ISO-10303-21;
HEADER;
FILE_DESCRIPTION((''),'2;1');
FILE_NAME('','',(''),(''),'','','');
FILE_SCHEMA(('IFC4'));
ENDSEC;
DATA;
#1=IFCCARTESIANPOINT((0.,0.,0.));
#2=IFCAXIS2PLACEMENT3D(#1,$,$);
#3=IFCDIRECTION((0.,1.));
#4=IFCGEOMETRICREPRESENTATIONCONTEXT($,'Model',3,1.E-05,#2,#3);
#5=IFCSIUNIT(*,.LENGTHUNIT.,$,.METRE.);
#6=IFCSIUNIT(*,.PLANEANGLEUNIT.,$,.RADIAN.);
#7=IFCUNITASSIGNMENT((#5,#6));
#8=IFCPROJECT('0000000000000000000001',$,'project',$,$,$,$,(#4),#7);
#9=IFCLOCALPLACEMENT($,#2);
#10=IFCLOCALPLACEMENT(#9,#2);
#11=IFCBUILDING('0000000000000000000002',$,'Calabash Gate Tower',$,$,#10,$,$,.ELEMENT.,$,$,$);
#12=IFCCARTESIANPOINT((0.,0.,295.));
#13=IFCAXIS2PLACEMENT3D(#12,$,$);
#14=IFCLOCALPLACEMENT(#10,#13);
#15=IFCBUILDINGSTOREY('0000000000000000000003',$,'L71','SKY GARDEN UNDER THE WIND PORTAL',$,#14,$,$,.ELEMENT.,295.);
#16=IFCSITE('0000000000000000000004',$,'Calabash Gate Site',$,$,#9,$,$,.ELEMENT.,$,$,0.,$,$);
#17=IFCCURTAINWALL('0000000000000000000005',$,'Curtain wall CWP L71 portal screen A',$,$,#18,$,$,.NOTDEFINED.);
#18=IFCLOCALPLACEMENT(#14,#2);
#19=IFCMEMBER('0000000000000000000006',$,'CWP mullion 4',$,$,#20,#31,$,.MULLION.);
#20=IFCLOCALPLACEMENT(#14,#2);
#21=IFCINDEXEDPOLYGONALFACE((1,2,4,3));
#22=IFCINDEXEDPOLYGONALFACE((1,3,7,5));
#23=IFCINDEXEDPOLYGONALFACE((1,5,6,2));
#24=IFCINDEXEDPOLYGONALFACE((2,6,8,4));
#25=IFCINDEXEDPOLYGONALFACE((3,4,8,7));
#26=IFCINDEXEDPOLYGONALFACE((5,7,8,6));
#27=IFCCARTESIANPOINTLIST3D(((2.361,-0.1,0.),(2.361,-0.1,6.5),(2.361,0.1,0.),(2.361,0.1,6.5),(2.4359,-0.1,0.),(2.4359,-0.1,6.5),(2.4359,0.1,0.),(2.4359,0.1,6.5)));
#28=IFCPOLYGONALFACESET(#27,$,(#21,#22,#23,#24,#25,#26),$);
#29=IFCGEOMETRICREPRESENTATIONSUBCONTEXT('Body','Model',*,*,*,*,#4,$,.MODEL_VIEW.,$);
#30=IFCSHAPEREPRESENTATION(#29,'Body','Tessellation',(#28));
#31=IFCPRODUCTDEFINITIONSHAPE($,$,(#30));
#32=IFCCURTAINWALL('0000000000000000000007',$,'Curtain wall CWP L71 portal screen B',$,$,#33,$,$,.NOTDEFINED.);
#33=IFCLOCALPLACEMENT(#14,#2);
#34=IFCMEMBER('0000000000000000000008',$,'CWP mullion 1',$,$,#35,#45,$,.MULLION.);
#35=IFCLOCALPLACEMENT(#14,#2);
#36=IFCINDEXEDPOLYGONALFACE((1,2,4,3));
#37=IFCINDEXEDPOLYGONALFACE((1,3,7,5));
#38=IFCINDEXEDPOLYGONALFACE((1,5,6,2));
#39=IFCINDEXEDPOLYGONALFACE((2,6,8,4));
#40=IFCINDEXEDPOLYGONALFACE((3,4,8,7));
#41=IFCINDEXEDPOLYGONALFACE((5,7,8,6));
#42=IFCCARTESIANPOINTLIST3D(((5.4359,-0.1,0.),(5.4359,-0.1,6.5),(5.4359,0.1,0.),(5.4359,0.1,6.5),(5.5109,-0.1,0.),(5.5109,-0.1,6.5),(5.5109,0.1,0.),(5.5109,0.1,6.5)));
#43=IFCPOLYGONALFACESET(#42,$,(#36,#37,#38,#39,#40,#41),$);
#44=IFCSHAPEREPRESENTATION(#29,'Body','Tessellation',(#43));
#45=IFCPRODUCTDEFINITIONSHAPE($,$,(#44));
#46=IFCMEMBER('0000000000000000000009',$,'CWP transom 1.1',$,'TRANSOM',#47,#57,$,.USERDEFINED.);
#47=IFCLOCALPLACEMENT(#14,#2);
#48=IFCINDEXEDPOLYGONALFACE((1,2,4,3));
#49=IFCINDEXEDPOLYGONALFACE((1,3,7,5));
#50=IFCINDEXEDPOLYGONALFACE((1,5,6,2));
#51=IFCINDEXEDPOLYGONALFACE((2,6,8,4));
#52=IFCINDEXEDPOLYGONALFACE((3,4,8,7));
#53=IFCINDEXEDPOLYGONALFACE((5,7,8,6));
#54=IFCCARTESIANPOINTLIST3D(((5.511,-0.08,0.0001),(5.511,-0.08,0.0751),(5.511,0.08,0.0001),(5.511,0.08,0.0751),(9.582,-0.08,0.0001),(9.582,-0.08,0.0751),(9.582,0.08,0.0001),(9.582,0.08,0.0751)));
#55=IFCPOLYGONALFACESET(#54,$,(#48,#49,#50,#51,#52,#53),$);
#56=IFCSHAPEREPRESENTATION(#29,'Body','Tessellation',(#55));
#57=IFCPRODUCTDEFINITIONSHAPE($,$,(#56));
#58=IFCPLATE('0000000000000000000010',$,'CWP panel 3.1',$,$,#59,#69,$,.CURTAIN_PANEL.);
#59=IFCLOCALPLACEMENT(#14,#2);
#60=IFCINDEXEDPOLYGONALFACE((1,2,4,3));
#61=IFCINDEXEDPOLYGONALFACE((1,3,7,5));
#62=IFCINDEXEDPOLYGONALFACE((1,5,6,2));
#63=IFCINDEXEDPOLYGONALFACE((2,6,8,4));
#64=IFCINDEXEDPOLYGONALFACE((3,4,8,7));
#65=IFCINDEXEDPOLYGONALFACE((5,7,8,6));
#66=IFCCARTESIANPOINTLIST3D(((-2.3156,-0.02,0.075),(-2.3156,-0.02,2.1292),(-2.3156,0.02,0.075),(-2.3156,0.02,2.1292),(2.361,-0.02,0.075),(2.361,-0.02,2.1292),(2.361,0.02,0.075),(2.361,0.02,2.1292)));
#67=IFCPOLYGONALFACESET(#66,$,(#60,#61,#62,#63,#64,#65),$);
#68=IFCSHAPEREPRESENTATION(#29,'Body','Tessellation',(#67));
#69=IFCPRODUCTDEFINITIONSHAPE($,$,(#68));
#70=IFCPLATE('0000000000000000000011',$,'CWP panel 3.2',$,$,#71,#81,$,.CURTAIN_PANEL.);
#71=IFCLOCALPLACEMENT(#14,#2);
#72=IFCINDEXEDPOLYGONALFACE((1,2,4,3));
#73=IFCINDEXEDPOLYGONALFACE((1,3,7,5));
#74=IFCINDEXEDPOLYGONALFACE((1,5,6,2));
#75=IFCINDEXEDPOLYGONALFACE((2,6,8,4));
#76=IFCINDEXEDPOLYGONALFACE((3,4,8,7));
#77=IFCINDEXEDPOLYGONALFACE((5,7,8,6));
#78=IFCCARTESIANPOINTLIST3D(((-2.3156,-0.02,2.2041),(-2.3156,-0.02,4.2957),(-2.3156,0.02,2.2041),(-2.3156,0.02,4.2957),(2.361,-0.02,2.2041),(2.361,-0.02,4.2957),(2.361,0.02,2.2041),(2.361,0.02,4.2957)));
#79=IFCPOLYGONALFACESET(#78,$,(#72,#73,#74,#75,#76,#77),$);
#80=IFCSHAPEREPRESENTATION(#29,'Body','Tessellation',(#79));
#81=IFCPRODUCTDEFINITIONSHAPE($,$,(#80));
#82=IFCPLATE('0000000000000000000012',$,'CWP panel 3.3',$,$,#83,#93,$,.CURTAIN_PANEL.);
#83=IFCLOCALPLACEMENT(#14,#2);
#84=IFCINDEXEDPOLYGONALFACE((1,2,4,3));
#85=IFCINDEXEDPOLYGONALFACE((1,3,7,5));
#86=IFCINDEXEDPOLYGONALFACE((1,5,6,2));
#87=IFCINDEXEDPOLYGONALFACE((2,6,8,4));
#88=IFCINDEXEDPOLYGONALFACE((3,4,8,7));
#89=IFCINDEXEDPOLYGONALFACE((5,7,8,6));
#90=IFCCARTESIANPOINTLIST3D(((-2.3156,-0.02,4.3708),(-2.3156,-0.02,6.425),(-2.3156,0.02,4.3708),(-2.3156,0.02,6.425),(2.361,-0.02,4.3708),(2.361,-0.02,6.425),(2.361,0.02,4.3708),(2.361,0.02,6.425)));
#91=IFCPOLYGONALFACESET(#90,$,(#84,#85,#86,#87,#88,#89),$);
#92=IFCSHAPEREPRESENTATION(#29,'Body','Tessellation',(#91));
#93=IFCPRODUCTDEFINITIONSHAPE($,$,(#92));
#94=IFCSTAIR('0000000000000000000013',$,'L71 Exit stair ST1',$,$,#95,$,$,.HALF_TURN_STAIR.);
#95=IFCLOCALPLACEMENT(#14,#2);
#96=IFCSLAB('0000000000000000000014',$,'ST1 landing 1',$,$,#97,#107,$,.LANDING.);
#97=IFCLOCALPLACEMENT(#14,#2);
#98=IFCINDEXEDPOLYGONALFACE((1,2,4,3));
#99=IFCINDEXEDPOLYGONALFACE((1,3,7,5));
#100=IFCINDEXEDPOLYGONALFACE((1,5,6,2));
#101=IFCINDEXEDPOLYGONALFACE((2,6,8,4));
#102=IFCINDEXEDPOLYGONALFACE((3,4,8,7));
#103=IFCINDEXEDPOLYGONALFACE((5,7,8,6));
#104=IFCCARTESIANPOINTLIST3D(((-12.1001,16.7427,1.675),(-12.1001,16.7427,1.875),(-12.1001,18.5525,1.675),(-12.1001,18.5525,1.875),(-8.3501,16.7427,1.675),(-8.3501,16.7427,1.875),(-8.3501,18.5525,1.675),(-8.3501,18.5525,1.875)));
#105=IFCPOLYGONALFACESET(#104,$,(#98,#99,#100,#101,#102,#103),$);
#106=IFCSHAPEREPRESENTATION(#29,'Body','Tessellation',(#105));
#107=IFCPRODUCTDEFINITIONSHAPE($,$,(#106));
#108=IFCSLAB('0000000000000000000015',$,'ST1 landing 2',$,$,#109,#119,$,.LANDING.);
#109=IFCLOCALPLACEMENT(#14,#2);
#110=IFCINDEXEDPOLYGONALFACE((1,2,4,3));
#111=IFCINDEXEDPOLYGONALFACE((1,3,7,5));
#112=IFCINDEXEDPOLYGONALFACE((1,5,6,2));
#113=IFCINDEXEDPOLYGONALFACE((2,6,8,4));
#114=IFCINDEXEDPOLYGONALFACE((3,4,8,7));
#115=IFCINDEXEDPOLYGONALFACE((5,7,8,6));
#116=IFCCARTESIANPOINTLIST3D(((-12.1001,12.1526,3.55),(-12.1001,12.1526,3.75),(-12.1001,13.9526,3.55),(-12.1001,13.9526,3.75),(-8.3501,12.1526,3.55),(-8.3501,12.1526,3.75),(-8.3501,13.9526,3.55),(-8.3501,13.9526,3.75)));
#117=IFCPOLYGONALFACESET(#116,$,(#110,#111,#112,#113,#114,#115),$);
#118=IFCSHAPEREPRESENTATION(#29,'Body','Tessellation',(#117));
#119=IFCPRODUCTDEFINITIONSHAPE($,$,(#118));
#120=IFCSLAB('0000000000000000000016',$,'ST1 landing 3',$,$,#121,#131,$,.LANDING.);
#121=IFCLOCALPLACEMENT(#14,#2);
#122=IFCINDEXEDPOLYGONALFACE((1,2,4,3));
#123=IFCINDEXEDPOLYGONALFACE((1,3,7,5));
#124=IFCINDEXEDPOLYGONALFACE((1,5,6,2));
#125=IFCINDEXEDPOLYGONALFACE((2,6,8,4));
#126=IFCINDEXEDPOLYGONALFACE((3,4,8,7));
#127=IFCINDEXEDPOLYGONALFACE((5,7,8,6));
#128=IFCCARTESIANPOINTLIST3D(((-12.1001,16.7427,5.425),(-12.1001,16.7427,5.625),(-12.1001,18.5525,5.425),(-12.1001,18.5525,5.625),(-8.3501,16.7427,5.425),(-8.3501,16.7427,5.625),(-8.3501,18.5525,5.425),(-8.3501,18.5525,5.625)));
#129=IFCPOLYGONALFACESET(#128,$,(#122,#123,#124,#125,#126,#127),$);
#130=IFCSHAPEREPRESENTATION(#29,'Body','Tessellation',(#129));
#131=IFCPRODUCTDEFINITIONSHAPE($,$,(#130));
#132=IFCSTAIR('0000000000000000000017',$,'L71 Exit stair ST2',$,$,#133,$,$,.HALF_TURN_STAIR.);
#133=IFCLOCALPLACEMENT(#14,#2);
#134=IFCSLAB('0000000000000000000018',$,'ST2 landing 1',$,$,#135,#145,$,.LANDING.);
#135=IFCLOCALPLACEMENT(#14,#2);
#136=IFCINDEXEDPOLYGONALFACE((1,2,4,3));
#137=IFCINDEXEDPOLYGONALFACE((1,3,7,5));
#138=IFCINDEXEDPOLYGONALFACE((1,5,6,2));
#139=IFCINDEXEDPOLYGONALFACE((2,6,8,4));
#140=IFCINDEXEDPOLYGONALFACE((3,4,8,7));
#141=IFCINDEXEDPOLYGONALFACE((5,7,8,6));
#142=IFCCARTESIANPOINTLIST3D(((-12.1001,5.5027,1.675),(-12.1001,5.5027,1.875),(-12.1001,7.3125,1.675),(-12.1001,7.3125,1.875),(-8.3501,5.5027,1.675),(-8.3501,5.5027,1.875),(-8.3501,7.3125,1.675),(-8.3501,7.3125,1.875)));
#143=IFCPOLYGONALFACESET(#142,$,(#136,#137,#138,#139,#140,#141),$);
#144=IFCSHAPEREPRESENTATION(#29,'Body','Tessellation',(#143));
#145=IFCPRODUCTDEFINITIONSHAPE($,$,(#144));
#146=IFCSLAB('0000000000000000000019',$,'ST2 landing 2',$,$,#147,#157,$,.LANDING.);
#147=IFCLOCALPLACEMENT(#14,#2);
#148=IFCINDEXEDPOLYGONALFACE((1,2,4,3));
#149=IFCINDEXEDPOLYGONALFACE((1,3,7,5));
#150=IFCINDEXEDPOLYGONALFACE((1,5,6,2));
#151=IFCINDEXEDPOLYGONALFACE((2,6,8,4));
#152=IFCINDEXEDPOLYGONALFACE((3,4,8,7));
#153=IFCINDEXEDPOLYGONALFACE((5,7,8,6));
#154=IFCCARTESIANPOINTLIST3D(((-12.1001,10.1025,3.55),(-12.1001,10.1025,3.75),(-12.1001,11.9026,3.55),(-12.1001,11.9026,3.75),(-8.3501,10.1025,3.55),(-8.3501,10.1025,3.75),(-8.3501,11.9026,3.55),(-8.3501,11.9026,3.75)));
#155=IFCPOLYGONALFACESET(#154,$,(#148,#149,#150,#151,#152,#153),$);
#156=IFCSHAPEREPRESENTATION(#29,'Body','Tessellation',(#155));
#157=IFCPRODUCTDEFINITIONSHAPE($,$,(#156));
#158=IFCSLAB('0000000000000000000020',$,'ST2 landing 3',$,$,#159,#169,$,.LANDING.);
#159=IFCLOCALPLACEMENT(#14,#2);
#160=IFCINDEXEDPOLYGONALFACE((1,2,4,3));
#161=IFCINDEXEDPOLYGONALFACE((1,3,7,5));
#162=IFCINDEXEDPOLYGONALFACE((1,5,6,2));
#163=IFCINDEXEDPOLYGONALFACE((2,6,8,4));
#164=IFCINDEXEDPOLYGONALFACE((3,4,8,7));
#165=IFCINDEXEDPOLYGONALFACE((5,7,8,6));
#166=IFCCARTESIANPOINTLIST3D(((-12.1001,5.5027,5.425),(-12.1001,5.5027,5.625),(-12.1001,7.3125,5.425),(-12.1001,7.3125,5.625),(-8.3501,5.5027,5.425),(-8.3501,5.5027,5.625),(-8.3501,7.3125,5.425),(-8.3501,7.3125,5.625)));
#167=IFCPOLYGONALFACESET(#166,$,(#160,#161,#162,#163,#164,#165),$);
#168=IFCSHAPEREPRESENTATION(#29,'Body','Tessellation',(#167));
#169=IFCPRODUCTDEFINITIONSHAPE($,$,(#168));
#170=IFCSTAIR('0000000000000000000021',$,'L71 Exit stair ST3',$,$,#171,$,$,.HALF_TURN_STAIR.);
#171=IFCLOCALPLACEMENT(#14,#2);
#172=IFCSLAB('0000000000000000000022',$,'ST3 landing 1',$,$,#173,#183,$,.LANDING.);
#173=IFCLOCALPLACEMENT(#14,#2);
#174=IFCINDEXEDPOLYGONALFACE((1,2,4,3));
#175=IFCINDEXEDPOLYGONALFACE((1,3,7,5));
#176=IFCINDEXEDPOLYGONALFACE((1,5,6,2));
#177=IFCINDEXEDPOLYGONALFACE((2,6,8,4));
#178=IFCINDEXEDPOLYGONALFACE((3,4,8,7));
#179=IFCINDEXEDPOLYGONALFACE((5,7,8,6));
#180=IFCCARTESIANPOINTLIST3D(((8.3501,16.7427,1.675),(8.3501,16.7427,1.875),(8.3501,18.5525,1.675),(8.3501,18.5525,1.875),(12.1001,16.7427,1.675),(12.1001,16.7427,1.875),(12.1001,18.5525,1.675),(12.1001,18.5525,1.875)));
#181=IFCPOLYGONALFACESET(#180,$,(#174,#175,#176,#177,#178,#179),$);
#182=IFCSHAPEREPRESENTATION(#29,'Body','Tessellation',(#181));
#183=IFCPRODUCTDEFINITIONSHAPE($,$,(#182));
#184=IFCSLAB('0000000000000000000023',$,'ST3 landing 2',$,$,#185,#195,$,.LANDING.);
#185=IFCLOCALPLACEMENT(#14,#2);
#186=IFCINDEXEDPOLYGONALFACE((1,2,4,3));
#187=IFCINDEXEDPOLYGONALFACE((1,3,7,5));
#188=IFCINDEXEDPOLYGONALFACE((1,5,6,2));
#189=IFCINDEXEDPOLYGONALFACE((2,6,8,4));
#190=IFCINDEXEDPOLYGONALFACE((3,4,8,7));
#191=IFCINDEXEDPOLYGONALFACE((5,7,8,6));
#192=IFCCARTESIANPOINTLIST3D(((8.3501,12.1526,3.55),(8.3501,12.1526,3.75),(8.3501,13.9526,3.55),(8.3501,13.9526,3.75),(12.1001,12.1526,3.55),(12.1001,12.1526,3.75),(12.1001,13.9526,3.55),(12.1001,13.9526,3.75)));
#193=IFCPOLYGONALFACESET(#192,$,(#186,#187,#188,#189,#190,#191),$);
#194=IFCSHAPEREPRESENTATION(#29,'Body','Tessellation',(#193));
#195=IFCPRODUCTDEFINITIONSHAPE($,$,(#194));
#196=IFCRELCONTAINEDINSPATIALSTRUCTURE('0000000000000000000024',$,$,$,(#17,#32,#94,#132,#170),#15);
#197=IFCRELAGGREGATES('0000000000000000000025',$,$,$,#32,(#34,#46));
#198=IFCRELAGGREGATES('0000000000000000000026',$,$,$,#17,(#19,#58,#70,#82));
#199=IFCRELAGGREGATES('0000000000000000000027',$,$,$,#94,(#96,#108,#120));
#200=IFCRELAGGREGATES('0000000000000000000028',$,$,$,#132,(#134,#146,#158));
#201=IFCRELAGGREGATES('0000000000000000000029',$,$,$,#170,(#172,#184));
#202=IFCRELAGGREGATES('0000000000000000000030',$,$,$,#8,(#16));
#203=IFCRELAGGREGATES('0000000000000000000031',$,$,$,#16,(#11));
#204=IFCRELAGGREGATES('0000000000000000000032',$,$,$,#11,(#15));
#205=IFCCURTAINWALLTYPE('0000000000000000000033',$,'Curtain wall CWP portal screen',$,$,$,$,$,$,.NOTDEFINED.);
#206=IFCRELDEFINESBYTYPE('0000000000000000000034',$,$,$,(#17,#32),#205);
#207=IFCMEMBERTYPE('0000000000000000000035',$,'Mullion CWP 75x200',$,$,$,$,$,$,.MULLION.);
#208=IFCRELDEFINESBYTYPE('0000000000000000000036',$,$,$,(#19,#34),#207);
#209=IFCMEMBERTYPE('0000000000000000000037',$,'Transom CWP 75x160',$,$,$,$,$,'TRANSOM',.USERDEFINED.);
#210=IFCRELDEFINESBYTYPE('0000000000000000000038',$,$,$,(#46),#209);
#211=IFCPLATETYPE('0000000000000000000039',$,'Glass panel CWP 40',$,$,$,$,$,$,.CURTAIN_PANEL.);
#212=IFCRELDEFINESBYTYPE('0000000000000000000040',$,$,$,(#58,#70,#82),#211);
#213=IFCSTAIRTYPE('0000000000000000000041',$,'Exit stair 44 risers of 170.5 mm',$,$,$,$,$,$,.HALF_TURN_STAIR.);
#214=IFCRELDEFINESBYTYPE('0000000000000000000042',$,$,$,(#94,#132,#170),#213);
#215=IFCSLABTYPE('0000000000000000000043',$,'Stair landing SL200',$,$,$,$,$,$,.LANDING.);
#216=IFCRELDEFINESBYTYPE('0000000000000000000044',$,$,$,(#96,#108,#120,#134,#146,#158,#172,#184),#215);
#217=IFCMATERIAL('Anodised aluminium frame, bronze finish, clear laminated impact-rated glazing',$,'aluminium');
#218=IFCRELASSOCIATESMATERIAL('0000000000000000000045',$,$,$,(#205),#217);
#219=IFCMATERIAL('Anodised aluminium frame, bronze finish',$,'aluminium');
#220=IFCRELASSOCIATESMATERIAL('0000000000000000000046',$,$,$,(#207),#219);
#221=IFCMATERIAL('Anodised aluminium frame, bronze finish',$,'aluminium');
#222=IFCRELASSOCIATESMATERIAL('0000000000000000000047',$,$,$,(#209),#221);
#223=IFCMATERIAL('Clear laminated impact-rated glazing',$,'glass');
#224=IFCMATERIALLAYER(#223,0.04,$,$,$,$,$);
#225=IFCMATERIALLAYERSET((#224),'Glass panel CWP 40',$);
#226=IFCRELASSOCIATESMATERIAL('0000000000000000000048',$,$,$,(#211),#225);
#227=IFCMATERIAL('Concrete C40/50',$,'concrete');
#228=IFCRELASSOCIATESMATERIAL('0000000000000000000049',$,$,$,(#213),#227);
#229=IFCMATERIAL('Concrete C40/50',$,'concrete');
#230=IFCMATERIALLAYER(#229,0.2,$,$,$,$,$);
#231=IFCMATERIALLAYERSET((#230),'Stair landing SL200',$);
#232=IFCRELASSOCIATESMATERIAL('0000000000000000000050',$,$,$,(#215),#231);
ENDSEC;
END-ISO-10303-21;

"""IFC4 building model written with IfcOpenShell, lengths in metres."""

from ifc_helpers import new_model, si_unit, direction, frame, origin, origin_2d, place, context, subcontext, project, spatial, polyline, rectangle, outline, extrude, material, layer, layer_set, material_profile, profile_set, type_object, element, aggregate, save


model = new_model("IFC4")

# Units and contexts
model_context = context("Model", 3, precision=1e-05, world=origin(), true_north=direction((0.0, 1.0)))
body_context = subcontext(model_context, "Body", "Model", "MODEL_VIEW")
ifc_project = project(units=[si_unit("LENGTHUNIT", "METRE"), si_unit("PLANEANGLEUNIT", "RADIAN")], contexts=[model_context])

# Site, building, storey
site_placement = place(None, origin())
site = spatial("IfcSite", under=ifc_project, at=site_placement, Name="Calabash Gate Site", CompositionType="ELEMENT", RefElevation=0.0)
building_placement = place(site_placement, origin())
building = spatial("IfcBuilding", under=site, at=building_placement, Name="Calabash Gate Tower", CompositionType="ELEMENT")
storey_placement = place(building_placement, frame((0.0, 0.0, 295.0)))
storey = spatial("IfcBuildingStorey", under=building, at=storey_placement, Name="L71", Description="SKY GARDEN UNDER THE WIND PORTAL", CompositionType="ELEMENT", Elevation=295.0)

# Curtain wall, member
ifc_material_1 = material(Name="Anodised aluminium frame, bronze finish, clear laminated impact-rated glazing", Category="aluminium")
curtain_wall_type = type_object("IfcCurtainWallType", Name="Curtain wall CWP portal screen", PredefinedType="NOTDEFINED", material=ifc_material_1)
curtain_wall_1_placement = place(storey_placement, origin())
curtain_wall_1 = element("IfcCurtainWall", 1, at=curtain_wall_1_placement, inside=storey, type_object=curtain_wall_type, Name="Curtain wall CWP L71 portal screen A", PredefinedType="NOTDEFINED")
ifc_material_2 = material(Name="Anodised aluminium frame, bronze finish", Category="aluminium")
ifc_material_profile_1 = material_profile(ifc_material_2, rectangle(XDim=0.2, YDim=0.075, at=origin_2d()))
ifc_profile_set_1 = profile_set([ifc_material_profile_1], Name="Anodised aluminium frame, bronze finish")
member_type_1 = type_object("IfcMemberType", Name="Mullion CWP 75x200", PredefinedType="MULLION", material=ifc_profile_set_1)
member_1_placement = place(storey_placement, frame((2.3984, 0.0, 0.0), z_axis=(0.0, 0.0, 1.0), x_axis=(0.0, 1.0, 0.0)))
member_1 = element("IfcMember", 2, at=member_1_placement, type_object=member_type_1, Name="CWP mullion 4", PredefinedType="MULLION", context=body_context, shape_type="SweptSolid", body=[
    extrude(rectangle(XDim=0.2, YDim=0.075, at=origin_2d()), origin(), (0.0, 0.0, 1.0), 6.5),
])

# Curtain wall, members
curtain_wall_2_placement = place(storey_placement, origin())
curtain_wall_2 = element("IfcCurtainWall", 3, at=curtain_wall_2_placement, inside=storey, type_object=curtain_wall_type, Name="Curtain wall CWP L71 portal screen B", PredefinedType="NOTDEFINED")
member_2_placement = place(storey_placement, frame((5.4734, 0.0, 0.0), z_axis=(0.0, 0.0, 1.0), x_axis=(0.0, 1.0, 0.0)))
member_2 = element("IfcMember", 4, at=member_2_placement, type_object=member_type_1, Name="CWP mullion 1", PredefinedType="MULLION", context=body_context, shape_type="SweptSolid", body=[
    extrude(rectangle(XDim=0.2, YDim=0.075, at=origin_2d()), origin(), (0.0, 0.0, 1.0), 6.5),
])
ifc_material_3 = material(Name="Anodised aluminium frame, bronze finish", Category="aluminium")
ifc_material_profile_2 = material_profile(ifc_material_3, rectangle(XDim=0.1599, YDim=0.075, at=origin_2d()))
ifc_profile_set_2 = profile_set([ifc_material_profile_2], Name="Anodised aluminium frame, bronze finish")
member_type_2 = type_object("IfcMemberType", Name="Transom CWP 75x160", ElementType="TRANSOM", PredefinedType="USERDEFINED", material=ifc_profile_set_2)
member_3_placement = place(storey_placement, frame((5.511, 0.0, 0.0376), z_axis=(1.0, 0.0, 0.0), x_axis=(0.0, 1.0, 0.0)))
member_3 = element("IfcMember", 5, at=member_3_placement, type_object=member_type_2, Name="CWP transom 1.1", ObjectType="TRANSOM", PredefinedType="USERDEFINED", context=body_context, shape_type="SweptSolid", body=[
    extrude(rectangle(XDim=0.1599, YDim=0.075, at=origin_2d()), origin(), (0.0, 0.0, 1.0), 4.071),
])
aggregate(curtain_wall_2, [member_2, member_3])

# Plates
ifc_material_4 = material(Name="Clear laminated impact-rated glazing", Category="glass")
ifc_layer_1 = layer(ifc_material_4, 0.04)
ifc_layer_set_1 = layer_set([ifc_layer_1], Name="Glass panel CWP 40")
plate_type = type_object("IfcPlateType", Name="Glass panel CWP 40", PredefinedType="CURTAIN_PANEL", material=ifc_layer_set_1)
plate_1_placement = place(storey_placement, frame((0.0227, 0.0, 0.075), z_axis=(0.0, 0.0, 1.0), x_axis=(1.0, 0.0, 0.0)))
plate_1 = element("IfcPlate", 6, at=plate_1_placement, type_object=plate_type, Name="CWP panel 3.1", PredefinedType="CURTAIN_PANEL", context=body_context, shape_type="SweptSolid", body=[
    extrude(rectangle(XDim=4.6765, YDim=0.04, at=origin_2d()), origin(), (0.0, 0.0, 1.0), 2.0542),
])
plate_2_placement = place(storey_placement, frame((0.0227, 0.0, 2.2041), z_axis=(0.0, 0.0, 1.0), x_axis=(1.0, 0.0, 0.0)))
plate_2 = element("IfcPlate", 7, at=plate_2_placement, type_object=plate_type, Name="CWP panel 3.2", PredefinedType="CURTAIN_PANEL", context=body_context, shape_type="SweptSolid", body=[
    extrude(rectangle(XDim=4.6765, YDim=0.04, at=origin_2d()), origin(), (0.0, 0.0, 1.0), 2.0916),
])
plate_3_placement = place(storey_placement, frame((0.0227, 0.0, 4.3708), z_axis=(0.0, 0.0, 1.0), x_axis=(1.0, 0.0, 0.0)))
plate_3 = element("IfcPlate", 8, at=plate_3_placement, type_object=plate_type, Name="CWP panel 3.3", PredefinedType="CURTAIN_PANEL", context=body_context, shape_type="SweptSolid", body=[
    extrude(rectangle(XDim=4.6765, YDim=0.04, at=origin_2d()), origin(), (0.0, 0.0, 1.0), 2.0542),
])
aggregate(curtain_wall_1, [member_1, plate_1, plate_2, plate_3])

# Stairs, slabs
ifc_material_5 = material(Name="Concrete C40/50", Category="concrete")
stair_type = type_object("IfcStairType", Name="Exit stair 44 risers of 170.5 mm", PredefinedType="HALF_TURN_STAIR", material=ifc_material_5)
stair_1_placement = place(storey_placement, origin())
stair_1 = element("IfcStair", 9, at=stair_1_placement, inside=storey, type_object=stair_type, Name="L71 Exit stair ST1", PredefinedType="HALF_TURN_STAIR")
ifc_material_6 = material(Name="Concrete C40/50", Category="concrete")
ifc_layer_2 = layer(ifc_material_6, 0.2)
ifc_layer_set_2 = layer_set([ifc_layer_2], Name="Stair landing SL200")
slab_type = type_object("IfcSlabType", Name="Stair landing SL200", PredefinedType="LANDING", material=ifc_layer_set_2)
slab_1_placement = place(storey_placement, frame((0.0, 0.0, 1.675)))
slab_1 = element("IfcSlab", 10, at=slab_1_placement, type_object=slab_type, Name="ST1 landing 1", PredefinedType="LANDING", context=body_context, shape_type="SweptSolid", body=[
    extrude(outline(polyline([(-8.3501, 16.7427), (-8.3501, 18.5525), (-12.1001, 18.5525), (-12.1001, 16.7427), (-8.3501, 16.7427)])), origin(), (0.0, 0.0, 1.0), 0.2),
])
slab_2_placement = place(storey_placement, frame((0.0, 0.0, 3.55)))
slab_2 = element("IfcSlab", 11, at=slab_2_placement, type_object=slab_type, Name="ST1 landing 2", PredefinedType="LANDING", context=body_context, shape_type="SweptSolid", body=[
    extrude(outline(polyline([(-8.3501, 12.1526), (-8.3501, 13.9526), (-12.1001, 13.9526), (-12.1001, 12.1526), (-8.3501, 12.1526)])), origin(), (0.0, 0.0, 1.0), 0.2),
])
slab_3_placement = place(storey_placement, frame((0.0, 0.0, 5.425)))
slab_3 = element("IfcSlab", 12, at=slab_3_placement, type_object=slab_type, Name="ST1 landing 3", PredefinedType="LANDING", context=body_context, shape_type="SweptSolid", body=[
    extrude(outline(polyline([(-8.3501, 16.7427), (-8.3501, 18.5525), (-12.1001, 18.5525), (-12.1001, 16.7427), (-8.3501, 16.7427)])), origin(), (0.0, 0.0, 1.0), 0.2),
])
aggregate(stair_1, [slab_1, slab_2, slab_3])
stair_2_placement = place(storey_placement, origin())
stair_2 = element("IfcStair", 13, at=stair_2_placement, inside=storey, type_object=stair_type, Name="L71 Exit stair ST2", PredefinedType="HALF_TURN_STAIR")
slab_4_placement = place(storey_placement, frame((0.0, 0.0, 1.675)))
slab_4 = element("IfcSlab", 14, at=slab_4_placement, type_object=slab_type, Name="ST2 landing 1", PredefinedType="LANDING", context=body_context, shape_type="SweptSolid", body=[
    extrude(outline(polyline([(-12.1001, 7.3125), (-12.1001, 5.5027), (-8.3501, 5.5027), (-8.3501, 7.3125), (-12.1001, 7.3125)])), origin(), (0.0, 0.0, 1.0), 0.2),
])
slab_5_placement = place(storey_placement, frame((0.0, 0.0, 3.55)))
slab_5 = element("IfcSlab", 15, at=slab_5_placement, type_object=slab_type, Name="ST2 landing 2", PredefinedType="LANDING", context=body_context, shape_type="SweptSolid", body=[
    extrude(outline(polyline([(-12.1001, 11.9026), (-12.1001, 10.1025), (-8.3501, 10.1025), (-8.3501, 11.9026), (-12.1001, 11.9026)])), origin(), (0.0, 0.0, 1.0), 0.2),
])
slab_6_placement = place(storey_placement, frame((0.0, 0.0, 5.425)))
slab_6 = element("IfcSlab", 16, at=slab_6_placement, type_object=slab_type, Name="ST2 landing 3", PredefinedType="LANDING", context=body_context, shape_type="SweptSolid", body=[
    extrude(outline(polyline([(-12.1001, 7.3125), (-12.1001, 5.5027), (-8.3501, 5.5027), (-8.3501, 7.3125), (-12.1001, 7.3125)])), origin(), (0.0, 0.0, 1.0), 0.2),
])
aggregate(stair_2, [slab_4, slab_5, slab_6])
stair_3_placement = place(storey_placement, origin())
stair_3 = element("IfcStair", 17, at=stair_3_placement, inside=storey, type_object=stair_type, Name="L71 Exit stair ST3", PredefinedType="HALF_TURN_STAIR")
slab_7_placement = place(storey_placement, frame((0.0, 0.0, 1.675)))
slab_7 = element("IfcSlab", 18, at=slab_7_placement, type_object=slab_type, Name="ST3 landing 1", PredefinedType="LANDING", context=body_context, shape_type="SweptSolid", body=[
    extrude(outline(polyline([(12.1001, 16.7427), (12.1001, 18.5525), (8.3501, 18.5525), (8.3501, 16.7427), (12.1001, 16.7427)])), origin(), (0.0, 0.0, 1.0), 0.2),
])
slab_8_placement = place(storey_placement, frame((0.0, 0.0, 3.55)))
slab_8 = element("IfcSlab", 19, at=slab_8_placement, type_object=slab_type, Name="ST3 landing 2", PredefinedType="LANDING", context=body_context, shape_type="SweptSolid", body=[
    extrude(outline(polyline([(12.1001, 12.1526), (12.1001, 13.9526), (8.3501, 13.9526), (8.3501, 12.1526), (12.1001, 12.1526)])), origin(), (0.0, 0.0, 1.0), 0.2),
])
aggregate(stair_3, [slab_7, slab_8])

save(model, "model.ifc")
